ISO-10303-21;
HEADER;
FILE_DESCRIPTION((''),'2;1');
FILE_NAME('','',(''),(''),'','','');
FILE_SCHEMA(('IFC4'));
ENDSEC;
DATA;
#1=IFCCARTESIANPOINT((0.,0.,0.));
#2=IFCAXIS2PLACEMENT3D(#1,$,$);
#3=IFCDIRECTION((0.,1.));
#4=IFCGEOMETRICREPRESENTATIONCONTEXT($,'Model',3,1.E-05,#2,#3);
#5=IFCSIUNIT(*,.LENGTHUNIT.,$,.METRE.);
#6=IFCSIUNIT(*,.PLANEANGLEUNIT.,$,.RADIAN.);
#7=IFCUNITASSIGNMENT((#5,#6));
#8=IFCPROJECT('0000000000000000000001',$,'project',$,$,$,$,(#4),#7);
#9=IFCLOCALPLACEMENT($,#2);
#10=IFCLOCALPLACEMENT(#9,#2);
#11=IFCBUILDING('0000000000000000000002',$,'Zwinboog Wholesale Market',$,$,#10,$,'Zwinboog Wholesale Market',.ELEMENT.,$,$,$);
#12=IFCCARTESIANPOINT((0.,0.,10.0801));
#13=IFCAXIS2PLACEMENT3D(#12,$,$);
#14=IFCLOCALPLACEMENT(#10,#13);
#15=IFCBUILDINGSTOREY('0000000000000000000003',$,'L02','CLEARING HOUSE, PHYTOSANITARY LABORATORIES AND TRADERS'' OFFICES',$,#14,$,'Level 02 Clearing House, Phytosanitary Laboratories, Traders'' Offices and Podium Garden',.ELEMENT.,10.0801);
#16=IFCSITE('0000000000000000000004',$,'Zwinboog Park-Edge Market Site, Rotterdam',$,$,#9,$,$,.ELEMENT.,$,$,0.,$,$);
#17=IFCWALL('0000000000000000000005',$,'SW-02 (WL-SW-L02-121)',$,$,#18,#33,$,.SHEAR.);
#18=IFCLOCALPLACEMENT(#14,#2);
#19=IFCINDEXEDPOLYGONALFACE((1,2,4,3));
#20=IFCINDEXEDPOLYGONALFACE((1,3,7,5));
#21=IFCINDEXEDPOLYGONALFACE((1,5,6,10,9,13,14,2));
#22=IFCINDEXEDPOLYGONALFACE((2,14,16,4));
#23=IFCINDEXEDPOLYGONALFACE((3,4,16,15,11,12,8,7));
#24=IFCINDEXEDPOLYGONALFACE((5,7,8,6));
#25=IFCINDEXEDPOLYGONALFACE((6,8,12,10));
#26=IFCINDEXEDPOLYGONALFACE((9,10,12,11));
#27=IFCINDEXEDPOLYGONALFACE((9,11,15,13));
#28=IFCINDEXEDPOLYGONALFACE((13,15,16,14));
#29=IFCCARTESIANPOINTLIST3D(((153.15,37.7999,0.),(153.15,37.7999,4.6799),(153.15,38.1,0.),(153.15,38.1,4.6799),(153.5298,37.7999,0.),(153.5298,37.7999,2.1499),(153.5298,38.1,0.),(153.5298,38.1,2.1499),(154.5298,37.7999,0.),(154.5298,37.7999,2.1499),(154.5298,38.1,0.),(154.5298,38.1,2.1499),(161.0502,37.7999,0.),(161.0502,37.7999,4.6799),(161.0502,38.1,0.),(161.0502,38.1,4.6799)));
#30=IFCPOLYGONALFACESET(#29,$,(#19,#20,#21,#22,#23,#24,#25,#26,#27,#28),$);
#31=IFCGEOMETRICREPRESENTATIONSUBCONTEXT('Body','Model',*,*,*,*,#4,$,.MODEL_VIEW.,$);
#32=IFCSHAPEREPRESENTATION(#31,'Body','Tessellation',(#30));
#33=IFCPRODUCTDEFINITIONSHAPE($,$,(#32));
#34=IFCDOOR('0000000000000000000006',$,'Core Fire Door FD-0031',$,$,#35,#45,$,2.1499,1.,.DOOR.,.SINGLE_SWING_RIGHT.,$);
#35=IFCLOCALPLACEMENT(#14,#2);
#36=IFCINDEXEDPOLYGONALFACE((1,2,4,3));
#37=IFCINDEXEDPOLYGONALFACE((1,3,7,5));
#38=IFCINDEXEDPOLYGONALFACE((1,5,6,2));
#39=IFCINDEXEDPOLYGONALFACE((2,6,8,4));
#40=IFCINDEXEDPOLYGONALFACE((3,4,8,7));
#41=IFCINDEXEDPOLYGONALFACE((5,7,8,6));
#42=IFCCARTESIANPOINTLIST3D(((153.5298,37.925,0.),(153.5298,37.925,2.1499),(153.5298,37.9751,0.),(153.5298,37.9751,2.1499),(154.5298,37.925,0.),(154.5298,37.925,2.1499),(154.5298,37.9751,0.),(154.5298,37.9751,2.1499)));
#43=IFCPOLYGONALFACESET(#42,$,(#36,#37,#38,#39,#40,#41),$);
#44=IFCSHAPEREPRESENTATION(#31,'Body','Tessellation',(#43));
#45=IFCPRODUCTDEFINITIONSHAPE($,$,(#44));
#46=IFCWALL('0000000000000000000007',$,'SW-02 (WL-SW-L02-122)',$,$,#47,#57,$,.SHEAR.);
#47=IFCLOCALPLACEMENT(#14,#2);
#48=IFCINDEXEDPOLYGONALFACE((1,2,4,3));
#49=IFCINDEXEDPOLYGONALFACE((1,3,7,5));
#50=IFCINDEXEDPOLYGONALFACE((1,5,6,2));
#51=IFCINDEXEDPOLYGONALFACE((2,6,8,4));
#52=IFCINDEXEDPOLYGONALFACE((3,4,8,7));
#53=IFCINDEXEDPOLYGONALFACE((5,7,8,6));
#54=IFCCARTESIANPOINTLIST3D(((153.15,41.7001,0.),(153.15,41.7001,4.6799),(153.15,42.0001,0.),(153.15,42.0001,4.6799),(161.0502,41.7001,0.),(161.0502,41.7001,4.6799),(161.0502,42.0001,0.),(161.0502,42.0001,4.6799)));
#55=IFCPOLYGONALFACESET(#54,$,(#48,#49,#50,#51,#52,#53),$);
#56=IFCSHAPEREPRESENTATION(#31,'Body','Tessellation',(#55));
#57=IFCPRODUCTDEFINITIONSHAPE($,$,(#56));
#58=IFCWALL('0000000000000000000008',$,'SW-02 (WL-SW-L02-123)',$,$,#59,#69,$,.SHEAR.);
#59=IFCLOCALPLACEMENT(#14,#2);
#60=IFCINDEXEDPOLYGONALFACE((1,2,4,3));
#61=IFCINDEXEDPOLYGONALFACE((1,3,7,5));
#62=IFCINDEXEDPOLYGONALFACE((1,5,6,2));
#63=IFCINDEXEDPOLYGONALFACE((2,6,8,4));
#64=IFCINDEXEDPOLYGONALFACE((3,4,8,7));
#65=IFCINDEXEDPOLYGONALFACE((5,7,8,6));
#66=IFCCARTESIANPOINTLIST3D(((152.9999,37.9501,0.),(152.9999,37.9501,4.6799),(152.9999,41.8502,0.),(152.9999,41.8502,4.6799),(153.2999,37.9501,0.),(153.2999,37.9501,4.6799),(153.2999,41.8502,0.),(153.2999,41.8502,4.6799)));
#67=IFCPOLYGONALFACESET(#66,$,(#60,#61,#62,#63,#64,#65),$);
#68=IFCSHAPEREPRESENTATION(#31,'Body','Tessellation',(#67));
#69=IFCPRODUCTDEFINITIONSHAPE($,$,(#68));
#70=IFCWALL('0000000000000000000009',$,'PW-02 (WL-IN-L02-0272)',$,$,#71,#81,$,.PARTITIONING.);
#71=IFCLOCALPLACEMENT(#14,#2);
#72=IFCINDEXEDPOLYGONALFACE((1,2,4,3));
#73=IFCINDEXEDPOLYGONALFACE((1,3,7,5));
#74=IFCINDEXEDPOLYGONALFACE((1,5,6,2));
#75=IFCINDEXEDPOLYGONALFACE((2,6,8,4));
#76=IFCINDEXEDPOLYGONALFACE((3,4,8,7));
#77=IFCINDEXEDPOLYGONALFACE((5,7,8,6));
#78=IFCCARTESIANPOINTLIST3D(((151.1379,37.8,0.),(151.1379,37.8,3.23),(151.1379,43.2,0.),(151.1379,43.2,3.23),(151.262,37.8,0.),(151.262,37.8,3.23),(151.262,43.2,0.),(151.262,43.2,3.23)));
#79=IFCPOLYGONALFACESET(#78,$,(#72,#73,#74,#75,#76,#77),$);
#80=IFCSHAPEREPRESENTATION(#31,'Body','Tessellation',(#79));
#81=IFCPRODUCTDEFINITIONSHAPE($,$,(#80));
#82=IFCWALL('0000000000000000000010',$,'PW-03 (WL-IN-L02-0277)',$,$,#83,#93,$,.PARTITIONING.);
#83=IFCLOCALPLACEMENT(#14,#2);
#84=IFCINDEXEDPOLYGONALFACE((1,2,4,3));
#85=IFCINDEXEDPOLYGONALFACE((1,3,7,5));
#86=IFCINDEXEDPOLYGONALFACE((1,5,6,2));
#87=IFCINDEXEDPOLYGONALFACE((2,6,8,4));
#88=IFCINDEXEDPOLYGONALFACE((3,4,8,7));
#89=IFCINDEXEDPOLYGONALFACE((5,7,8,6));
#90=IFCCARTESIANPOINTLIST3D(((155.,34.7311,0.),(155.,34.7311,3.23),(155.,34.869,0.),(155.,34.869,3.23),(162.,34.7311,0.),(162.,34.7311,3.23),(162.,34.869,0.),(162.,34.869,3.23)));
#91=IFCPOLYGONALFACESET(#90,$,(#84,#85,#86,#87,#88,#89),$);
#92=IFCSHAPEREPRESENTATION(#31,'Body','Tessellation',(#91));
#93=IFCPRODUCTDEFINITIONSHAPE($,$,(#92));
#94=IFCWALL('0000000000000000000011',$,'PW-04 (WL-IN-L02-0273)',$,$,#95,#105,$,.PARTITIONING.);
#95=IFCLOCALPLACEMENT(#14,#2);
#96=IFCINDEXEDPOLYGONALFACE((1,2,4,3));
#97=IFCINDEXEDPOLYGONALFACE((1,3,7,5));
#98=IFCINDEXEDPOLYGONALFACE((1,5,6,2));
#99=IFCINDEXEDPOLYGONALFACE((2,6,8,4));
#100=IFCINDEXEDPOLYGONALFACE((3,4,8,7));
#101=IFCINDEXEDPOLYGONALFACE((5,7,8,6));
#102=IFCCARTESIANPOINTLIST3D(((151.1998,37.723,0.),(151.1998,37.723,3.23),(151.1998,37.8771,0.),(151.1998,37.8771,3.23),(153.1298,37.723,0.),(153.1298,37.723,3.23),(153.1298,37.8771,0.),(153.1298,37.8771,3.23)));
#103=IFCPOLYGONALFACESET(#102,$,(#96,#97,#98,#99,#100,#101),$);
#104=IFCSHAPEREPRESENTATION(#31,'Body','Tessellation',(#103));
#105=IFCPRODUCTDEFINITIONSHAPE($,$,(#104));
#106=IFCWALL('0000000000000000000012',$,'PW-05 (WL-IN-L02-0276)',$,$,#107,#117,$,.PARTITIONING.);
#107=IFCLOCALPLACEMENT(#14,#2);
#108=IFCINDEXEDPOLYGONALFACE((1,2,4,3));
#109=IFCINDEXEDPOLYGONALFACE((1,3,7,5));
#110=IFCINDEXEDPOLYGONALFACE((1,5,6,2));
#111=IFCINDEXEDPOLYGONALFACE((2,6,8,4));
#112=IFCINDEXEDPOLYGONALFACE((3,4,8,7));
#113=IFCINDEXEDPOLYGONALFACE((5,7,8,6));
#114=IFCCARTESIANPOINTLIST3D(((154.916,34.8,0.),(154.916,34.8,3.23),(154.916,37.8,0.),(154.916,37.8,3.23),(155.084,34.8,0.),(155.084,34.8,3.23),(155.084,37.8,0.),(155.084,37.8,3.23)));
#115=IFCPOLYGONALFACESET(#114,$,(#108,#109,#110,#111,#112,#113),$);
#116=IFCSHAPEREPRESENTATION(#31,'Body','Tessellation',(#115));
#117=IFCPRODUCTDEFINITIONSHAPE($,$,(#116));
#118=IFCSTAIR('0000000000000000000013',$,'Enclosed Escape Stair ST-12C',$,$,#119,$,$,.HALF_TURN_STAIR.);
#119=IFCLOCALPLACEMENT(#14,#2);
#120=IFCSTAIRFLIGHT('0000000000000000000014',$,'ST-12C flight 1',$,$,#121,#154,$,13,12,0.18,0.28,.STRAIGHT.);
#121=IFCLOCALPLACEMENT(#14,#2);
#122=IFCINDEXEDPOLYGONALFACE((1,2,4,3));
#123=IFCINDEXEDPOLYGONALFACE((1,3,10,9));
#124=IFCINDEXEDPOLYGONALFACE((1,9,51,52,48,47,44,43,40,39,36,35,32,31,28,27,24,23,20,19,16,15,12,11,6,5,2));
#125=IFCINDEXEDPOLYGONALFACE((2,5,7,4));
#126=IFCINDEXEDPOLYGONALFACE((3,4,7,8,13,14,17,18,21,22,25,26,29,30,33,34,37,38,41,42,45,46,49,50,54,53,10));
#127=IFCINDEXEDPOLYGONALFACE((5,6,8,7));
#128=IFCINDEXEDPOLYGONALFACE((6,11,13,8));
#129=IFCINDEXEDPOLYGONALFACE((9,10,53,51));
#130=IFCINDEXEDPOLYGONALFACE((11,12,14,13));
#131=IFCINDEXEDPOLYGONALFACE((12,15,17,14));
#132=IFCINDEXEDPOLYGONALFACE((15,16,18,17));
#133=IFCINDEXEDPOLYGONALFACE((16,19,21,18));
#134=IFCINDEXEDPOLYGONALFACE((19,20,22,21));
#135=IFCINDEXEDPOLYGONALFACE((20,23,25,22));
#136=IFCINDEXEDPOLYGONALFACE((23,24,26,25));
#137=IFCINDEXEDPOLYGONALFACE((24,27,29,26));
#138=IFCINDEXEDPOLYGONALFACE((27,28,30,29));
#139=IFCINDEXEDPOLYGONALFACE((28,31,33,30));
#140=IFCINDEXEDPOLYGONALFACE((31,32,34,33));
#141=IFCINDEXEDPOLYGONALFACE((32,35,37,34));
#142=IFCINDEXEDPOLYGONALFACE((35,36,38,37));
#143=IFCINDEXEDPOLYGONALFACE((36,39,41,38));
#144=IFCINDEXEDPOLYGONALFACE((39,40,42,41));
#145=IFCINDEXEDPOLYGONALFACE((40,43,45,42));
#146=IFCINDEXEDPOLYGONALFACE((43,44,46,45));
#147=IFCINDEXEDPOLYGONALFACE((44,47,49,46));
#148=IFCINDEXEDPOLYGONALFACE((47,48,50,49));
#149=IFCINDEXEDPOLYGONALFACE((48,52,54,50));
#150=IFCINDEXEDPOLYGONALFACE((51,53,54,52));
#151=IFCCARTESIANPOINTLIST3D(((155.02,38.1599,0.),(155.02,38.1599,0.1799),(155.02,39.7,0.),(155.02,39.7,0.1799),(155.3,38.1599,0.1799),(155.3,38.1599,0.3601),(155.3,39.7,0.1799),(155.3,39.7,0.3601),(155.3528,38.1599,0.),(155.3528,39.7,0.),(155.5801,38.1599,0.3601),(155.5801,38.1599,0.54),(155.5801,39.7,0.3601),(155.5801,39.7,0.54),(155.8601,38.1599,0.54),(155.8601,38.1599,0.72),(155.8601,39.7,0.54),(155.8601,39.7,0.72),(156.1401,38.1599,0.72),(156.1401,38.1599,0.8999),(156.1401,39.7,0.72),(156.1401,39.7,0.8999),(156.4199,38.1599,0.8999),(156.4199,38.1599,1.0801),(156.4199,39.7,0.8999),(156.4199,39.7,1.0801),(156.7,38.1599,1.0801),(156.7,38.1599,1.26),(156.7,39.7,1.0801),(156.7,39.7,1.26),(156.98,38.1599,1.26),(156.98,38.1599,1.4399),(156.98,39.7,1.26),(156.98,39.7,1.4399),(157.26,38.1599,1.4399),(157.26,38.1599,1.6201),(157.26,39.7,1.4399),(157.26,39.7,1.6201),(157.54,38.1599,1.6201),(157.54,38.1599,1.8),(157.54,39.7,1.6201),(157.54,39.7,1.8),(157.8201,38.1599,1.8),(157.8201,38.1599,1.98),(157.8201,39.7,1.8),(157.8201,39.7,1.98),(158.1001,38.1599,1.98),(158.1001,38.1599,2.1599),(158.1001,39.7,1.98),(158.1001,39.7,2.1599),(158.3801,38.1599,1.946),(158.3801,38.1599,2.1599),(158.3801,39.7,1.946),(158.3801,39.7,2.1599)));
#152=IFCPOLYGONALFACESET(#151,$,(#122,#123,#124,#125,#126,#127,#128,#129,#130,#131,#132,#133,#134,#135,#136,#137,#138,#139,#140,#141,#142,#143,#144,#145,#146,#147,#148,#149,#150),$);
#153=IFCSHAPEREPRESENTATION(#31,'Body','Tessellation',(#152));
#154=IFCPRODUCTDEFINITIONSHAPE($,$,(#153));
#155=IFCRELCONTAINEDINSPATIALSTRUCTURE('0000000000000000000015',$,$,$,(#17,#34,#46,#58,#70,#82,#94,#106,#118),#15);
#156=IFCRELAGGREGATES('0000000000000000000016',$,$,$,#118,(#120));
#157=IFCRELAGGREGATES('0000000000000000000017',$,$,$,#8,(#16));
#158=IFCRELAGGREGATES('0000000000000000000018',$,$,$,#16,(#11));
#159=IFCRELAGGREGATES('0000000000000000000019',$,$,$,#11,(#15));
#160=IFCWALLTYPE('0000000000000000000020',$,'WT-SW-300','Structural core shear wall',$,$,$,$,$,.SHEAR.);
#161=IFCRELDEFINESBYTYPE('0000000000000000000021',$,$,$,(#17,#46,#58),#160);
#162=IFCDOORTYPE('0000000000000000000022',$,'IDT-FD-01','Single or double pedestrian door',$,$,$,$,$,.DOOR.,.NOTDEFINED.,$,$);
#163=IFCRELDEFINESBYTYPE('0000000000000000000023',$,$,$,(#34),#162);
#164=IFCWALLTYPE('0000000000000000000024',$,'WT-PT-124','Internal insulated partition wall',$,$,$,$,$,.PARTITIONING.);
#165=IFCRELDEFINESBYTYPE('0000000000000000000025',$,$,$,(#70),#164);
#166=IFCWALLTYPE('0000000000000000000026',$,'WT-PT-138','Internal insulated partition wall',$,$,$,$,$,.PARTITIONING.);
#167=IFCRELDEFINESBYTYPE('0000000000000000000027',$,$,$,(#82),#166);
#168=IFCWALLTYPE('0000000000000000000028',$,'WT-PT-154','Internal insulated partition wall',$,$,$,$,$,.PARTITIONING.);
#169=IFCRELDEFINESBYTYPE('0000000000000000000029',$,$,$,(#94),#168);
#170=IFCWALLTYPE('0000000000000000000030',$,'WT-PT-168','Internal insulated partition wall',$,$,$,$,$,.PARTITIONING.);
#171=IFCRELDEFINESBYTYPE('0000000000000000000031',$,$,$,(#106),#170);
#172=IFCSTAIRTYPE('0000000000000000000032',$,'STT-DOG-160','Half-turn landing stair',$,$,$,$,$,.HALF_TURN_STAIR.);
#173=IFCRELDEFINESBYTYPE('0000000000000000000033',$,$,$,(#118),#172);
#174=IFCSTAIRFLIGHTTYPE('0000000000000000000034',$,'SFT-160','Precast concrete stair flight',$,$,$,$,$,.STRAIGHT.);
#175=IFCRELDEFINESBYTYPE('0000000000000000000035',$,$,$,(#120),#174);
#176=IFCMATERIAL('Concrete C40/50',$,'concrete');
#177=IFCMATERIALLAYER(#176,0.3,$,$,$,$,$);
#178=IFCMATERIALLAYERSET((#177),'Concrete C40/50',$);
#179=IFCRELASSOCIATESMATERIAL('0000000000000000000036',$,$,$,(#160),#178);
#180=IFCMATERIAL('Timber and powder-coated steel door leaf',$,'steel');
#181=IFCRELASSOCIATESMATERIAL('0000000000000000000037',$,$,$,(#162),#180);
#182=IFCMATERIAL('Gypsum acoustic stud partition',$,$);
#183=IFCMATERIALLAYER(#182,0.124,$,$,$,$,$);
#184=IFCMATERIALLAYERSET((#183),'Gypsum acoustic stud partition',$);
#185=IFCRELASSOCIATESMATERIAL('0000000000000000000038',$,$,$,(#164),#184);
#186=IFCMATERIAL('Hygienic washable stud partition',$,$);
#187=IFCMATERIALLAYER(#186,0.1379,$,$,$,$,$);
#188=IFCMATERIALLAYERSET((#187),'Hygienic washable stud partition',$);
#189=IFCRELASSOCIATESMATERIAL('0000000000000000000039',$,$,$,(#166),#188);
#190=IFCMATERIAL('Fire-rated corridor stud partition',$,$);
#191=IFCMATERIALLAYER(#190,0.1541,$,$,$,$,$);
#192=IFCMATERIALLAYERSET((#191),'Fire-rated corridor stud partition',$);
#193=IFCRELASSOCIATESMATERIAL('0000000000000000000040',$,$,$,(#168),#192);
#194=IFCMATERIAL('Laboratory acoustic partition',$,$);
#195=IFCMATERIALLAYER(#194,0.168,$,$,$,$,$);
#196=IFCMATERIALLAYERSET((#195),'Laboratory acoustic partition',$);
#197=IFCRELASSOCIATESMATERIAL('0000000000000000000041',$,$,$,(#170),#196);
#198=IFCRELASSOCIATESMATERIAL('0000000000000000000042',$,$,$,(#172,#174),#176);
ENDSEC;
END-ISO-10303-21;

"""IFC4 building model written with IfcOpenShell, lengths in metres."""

from ifc_helpers import new_model, si_unit, direction, frame, frame_2d, origin, place, context, subcontext, project, spatial, polyline, rectangle, outline, extrude, material, layer, layer_set, type_object, element, fill, aggregate, save


model = new_model("IFC4")

# Units and contexts
model_context = context("Model", 3, precision=1e-05, world=origin(), true_north=direction((0.0, 1.0)))
body_context = subcontext(model_context, "Body", "Model", "MODEL_VIEW")
ifc_project = project(units=[si_unit("LENGTHUNIT", "METRE"), si_unit("PLANEANGLEUNIT", "RADIAN")], contexts=[model_context])

# Site, building, storey
site_placement = place(None, origin())
site = spatial("IfcSite", under=ifc_project, at=site_placement, Name="Zwinboog Park-Edge Market Site, Rotterdam", CompositionType="ELEMENT", RefElevation=0.0)
building_placement = place(site_placement, origin())
building = spatial("IfcBuilding", under=site, at=building_placement, Name="Zwinboog Wholesale Market", LongName="Zwinboog Wholesale Market", CompositionType="ELEMENT")
storey_placement = place(building_placement, frame((0.0, 0.0, 10.0801)))
storey = spatial("IfcBuildingStorey", under=building, at=storey_placement, Name="L02", Description="CLEARING HOUSE, PHYTOSANITARY LABORATORIES AND TRADERS' OFFICES", LongName="Level 02 Clearing House, Phytosanitary Laboratories, Traders' Offices and Podium Garden", CompositionType="ELEMENT", Elevation=10.0801)

# Wall, opening, door
ifc_material_1 = material(Name="Concrete C40/50", Category="concrete")
ifc_layer_1 = layer(ifc_material_1, 0.3)
ifc_layer_set_1 = layer_set([ifc_layer_1], Name="Concrete C40/50")
wall_type_1 = type_object("IfcWallType", Name="WT-SW-300", Description="Structural core shear wall", PredefinedType="SHEAR", material=ifc_layer_set_1)
wall_1_placement = place(storey_placement, frame((153.1499, 37.95, 0.0), z_axis=(0.0, 0.0, 1.0), x_axis=(1.0, 0.0, 0.0)))
wall_1 = element("IfcWall", 1, at=wall_1_placement, inside=storey, type_object=wall_type_1, Name="SW-02 (WL-SW-L02-121)", PredefinedType="SHEAR", context=body_context, shape_type="SweptSolid", body=[
    extrude(rectangle(XDim=7.9001, YDim=0.3, at=frame_2d((3.9502, 0.0))), origin(), (0.0, 0.0, 1.0), 4.6799),
])
opening_placement = place(wall_1_placement, frame((0.3799, 0.0, 0.0)))
opening = element("IfcOpeningElement", 2, at=opening_placement, cuts=wall_1, PredefinedType="OPENING", context=body_context, shape_type="SweptSolid", body=[
    extrude(rectangle(XDim=1.0, YDim=2.1499, at=frame_2d((0.5, 1.075))), frame((0.0, 0.1599, 0.0), z_axis=(0.0, -1.0, 0.0), x_axis=(1.0, 0.0, 0.0)), (0.0, 0.0, 1.0), 0.3201),
])
ifc_material_2 = material(Name="Timber and powder-coated steel door leaf", Category="steel")
door_type = type_object("IfcDoorType", Name="IDT-FD-01", Description="Single or double pedestrian door", OperationType="NOTDEFINED", PredefinedType="DOOR", material=ifc_material_2)
door_placement = place(opening_placement, frame((1.0, 0.0, 0.0), z_axis=(0.0, 0.0, 1.0), x_axis=(-1.0, 0.0, 0.0)))
door = element("IfcDoor", 3, at=door_placement, inside=storey, type_object=door_type, Name="Core Fire Door FD-0031", OperationType="SINGLE_SWING_RIGHT", OverallHeight=2.1499, OverallWidth=1.0, PredefinedType="DOOR", context=body_context, shape_type="SweptSolid", body=[
    extrude(rectangle(XDim=1.0, YDim=2.1499, at=frame_2d((0.5, 1.075))), frame((0.0, 0.0249, 0.0), z_axis=(0.0, -1.0, 0.0), x_axis=(1.0, 0.0, 0.0)), (0.0, 0.0, 1.0), 0.05),
])
fill(opening, door)

# Walls
wall_2_placement = place(storey_placement, frame((153.1499, 41.8501, 0.0), z_axis=(0.0, 0.0, 1.0), x_axis=(1.0, 0.0, 0.0)))
element("IfcWall", 4, at=wall_2_placement, inside=storey, type_object=wall_type_1, Name="SW-02 (WL-SW-L02-122)", PredefinedType="SHEAR", context=body_context, shape_type="SweptSolid", body=[
    extrude(rectangle(XDim=7.9001, YDim=0.3, at=frame_2d((3.9502, 0.0))), origin(), (0.0, 0.0, 1.0), 4.6799),
])
wall_3_placement = place(storey_placement, frame((153.1499, 37.95, 0.0), z_axis=(0.0, 0.0, 1.0), x_axis=(0.0, 1.0, 0.0)))
element("IfcWall", 5, at=wall_3_placement, inside=storey, type_object=wall_type_1, Name="SW-02 (WL-SW-L02-123)", PredefinedType="SHEAR", context=body_context, shape_type="SweptSolid", body=[
    extrude(rectangle(XDim=3.9001, YDim=0.3, at=frame_2d((1.9502, 0.0))), origin(), (0.0, 0.0, 1.0), 4.6799),
])
ifc_material_3 = material(Name="Gypsum acoustic stud partition")
ifc_layer_2 = layer(ifc_material_3, 0.124)
ifc_layer_set_2 = layer_set([ifc_layer_2], Name="Gypsum acoustic stud partition")
wall_type_2 = type_object("IfcWallType", Name="WT-PT-124", Description="Internal insulated partition wall", PredefinedType="PARTITIONING", material=ifc_layer_set_2)
wall_4_placement = place(storey_placement, frame((151.2, 37.8, 0.0), z_axis=(0.0, 0.0, 1.0), x_axis=(0.0, 1.0, 0.0)))
element("IfcWall", 6, at=wall_4_placement, inside=storey, type_object=wall_type_2, Name="PW-02 (WL-IN-L02-0272)", PredefinedType="PARTITIONING", context=body_context, shape_type="SweptSolid", body=[
    extrude(rectangle(XDim=5.3999, YDim=0.124, at=frame_2d((2.7, 0.0))), origin(), (0.0, 0.0, 1.0), 3.23),
])
ifc_material_4 = material(Name="Hygienic washable stud partition")
ifc_layer_3 = layer(ifc_material_4, 0.1379)
ifc_layer_set_3 = layer_set([ifc_layer_3], Name="Hygienic washable stud partition")
wall_type_3 = type_object("IfcWallType", Name="WT-PT-138", Description="Internal insulated partition wall", PredefinedType="PARTITIONING", material=ifc_layer_set_3)
wall_5_placement = place(storey_placement, frame((155.0, 34.8, 0.0), z_axis=(0.0, 0.0, 1.0), x_axis=(1.0, 0.0, 0.0)))
element("IfcWall", 7, at=wall_5_placement, inside=storey, type_object=wall_type_3, Name="PW-03 (WL-IN-L02-0277)", PredefinedType="PARTITIONING", context=body_context, shape_type="SweptSolid", body=[
    extrude(rectangle(XDim=7.0, YDim=0.1379, at=frame_2d((3.5, 0.0))), origin(), (0.0, 0.0, 1.0), 3.23),
])
ifc_material_5 = material(Name="Fire-rated corridor stud partition")
ifc_layer_4 = layer(ifc_material_5, 0.1541)
ifc_layer_set_4 = layer_set([ifc_layer_4], Name="Fire-rated corridor stud partition")
wall_type_4 = type_object("IfcWallType", Name="WT-PT-154", Description="Internal insulated partition wall", PredefinedType="PARTITIONING", material=ifc_layer_set_4)
wall_6_placement = place(storey_placement, frame((151.2, 37.8, 0.0), z_axis=(0.0, 0.0, 1.0), x_axis=(1.0, 0.0, 0.0)))
element("IfcWall", 8, at=wall_6_placement, inside=storey, type_object=wall_type_4, Name="PW-04 (WL-IN-L02-0273)", PredefinedType="PARTITIONING", context=body_context, shape_type="SweptSolid", body=[
    extrude(rectangle(XDim=1.9299, YDim=0.1541, at=frame_2d((0.9648, 0.0))), origin(), (0.0, 0.0, 1.0), 3.23),
])
ifc_material_6 = material(Name="Laboratory acoustic partition")
ifc_layer_5 = layer(ifc_material_6, 0.168)
ifc_layer_set_5 = layer_set([ifc_layer_5], Name="Laboratory acoustic partition")
wall_type_5 = type_object("IfcWallType", Name="WT-PT-168", Description="Internal insulated partition wall", PredefinedType="PARTITIONING", material=ifc_layer_set_5)
wall_7_placement = place(storey_placement, frame((155.0, 34.8, 0.0), z_axis=(0.0, 0.0, 1.0), x_axis=(0.0, 1.0, 0.0)))
element("IfcWall", 9, at=wall_7_placement, inside=storey, type_object=wall_type_5, Name="PW-05 (WL-IN-L02-0276)", PredefinedType="PARTITIONING", context=body_context, shape_type="SweptSolid", body=[
    extrude(rectangle(XDim=3.0, YDim=0.168, at=frame_2d((1.5, 0.0))), origin(), (0.0, 0.0, 1.0), 3.23),
])

# Stair, stair flight
stair_type = type_object("IfcStairType", Name="STT-DOG-160", Description="Half-turn landing stair", PredefinedType="HALF_TURN_STAIR", material=ifc_material_1)
stair_placement = place(storey_placement, origin())
stair = element("IfcStair", 10, at=stair_placement, inside=storey, type_object=stair_type, Name="Enclosed Escape Stair ST-12C", PredefinedType="HALF_TURN_STAIR")
stair_flight_type = type_object("IfcStairFlightType", Name="SFT-160", Description="Precast concrete stair flight", PredefinedType="STRAIGHT", material=ifc_material_1)
stair_flight_placement = place(storey_placement, frame((155.02, 38.9299, 0.0), z_axis=(0.0, 0.0, 1.0), x_axis=(1.0, 0.0, 0.0)))
stair_flight = element("IfcStairFlight", 11, at=stair_flight_placement, type_object=stair_flight_type, Name="ST-12C flight 1", NumberOfRisers=13, NumberOfTreads=12, PredefinedType="STRAIGHT", RiserHeight=0.18, TreadLength=0.28, context=body_context, shape_type="SweptSolid", body=[
    extrude(outline(polyline([(0.0, 0.0), (0.0, 0.1799), (0.28, 0.1799), (0.28, 0.3601), (0.5601, 0.3601), (0.5601, 0.54), (0.8401, 0.54), (0.8401, 0.72), (1.1201, 0.72), (1.1201, 0.8999), (1.3999, 0.8999), (1.3999, 1.0801), (1.6799, 1.0801), (1.6799, 1.26), (1.96, 1.26), (1.96, 1.4399), (2.24, 1.4399), (2.24, 1.6201), (2.52, 1.6201), (2.52, 1.8), (2.8, 1.8), (2.8, 1.98), (3.0801, 1.98), (3.0801, 2.1599), (3.3601, 2.1599), (3.3601, 2.3401), (3.3601, 1.946), (0.3328, 0.0), (0.0, 0.0)])), frame((0.0, 0.77, 0.0), z_axis=(0.0, -1.0, 0.0), x_axis=(1.0, 0.0, 0.0)), (0.0, 0.0, 1.0), 1.54),
])
aggregate(stair, [stair_flight])

save(model, "model.ifc")
